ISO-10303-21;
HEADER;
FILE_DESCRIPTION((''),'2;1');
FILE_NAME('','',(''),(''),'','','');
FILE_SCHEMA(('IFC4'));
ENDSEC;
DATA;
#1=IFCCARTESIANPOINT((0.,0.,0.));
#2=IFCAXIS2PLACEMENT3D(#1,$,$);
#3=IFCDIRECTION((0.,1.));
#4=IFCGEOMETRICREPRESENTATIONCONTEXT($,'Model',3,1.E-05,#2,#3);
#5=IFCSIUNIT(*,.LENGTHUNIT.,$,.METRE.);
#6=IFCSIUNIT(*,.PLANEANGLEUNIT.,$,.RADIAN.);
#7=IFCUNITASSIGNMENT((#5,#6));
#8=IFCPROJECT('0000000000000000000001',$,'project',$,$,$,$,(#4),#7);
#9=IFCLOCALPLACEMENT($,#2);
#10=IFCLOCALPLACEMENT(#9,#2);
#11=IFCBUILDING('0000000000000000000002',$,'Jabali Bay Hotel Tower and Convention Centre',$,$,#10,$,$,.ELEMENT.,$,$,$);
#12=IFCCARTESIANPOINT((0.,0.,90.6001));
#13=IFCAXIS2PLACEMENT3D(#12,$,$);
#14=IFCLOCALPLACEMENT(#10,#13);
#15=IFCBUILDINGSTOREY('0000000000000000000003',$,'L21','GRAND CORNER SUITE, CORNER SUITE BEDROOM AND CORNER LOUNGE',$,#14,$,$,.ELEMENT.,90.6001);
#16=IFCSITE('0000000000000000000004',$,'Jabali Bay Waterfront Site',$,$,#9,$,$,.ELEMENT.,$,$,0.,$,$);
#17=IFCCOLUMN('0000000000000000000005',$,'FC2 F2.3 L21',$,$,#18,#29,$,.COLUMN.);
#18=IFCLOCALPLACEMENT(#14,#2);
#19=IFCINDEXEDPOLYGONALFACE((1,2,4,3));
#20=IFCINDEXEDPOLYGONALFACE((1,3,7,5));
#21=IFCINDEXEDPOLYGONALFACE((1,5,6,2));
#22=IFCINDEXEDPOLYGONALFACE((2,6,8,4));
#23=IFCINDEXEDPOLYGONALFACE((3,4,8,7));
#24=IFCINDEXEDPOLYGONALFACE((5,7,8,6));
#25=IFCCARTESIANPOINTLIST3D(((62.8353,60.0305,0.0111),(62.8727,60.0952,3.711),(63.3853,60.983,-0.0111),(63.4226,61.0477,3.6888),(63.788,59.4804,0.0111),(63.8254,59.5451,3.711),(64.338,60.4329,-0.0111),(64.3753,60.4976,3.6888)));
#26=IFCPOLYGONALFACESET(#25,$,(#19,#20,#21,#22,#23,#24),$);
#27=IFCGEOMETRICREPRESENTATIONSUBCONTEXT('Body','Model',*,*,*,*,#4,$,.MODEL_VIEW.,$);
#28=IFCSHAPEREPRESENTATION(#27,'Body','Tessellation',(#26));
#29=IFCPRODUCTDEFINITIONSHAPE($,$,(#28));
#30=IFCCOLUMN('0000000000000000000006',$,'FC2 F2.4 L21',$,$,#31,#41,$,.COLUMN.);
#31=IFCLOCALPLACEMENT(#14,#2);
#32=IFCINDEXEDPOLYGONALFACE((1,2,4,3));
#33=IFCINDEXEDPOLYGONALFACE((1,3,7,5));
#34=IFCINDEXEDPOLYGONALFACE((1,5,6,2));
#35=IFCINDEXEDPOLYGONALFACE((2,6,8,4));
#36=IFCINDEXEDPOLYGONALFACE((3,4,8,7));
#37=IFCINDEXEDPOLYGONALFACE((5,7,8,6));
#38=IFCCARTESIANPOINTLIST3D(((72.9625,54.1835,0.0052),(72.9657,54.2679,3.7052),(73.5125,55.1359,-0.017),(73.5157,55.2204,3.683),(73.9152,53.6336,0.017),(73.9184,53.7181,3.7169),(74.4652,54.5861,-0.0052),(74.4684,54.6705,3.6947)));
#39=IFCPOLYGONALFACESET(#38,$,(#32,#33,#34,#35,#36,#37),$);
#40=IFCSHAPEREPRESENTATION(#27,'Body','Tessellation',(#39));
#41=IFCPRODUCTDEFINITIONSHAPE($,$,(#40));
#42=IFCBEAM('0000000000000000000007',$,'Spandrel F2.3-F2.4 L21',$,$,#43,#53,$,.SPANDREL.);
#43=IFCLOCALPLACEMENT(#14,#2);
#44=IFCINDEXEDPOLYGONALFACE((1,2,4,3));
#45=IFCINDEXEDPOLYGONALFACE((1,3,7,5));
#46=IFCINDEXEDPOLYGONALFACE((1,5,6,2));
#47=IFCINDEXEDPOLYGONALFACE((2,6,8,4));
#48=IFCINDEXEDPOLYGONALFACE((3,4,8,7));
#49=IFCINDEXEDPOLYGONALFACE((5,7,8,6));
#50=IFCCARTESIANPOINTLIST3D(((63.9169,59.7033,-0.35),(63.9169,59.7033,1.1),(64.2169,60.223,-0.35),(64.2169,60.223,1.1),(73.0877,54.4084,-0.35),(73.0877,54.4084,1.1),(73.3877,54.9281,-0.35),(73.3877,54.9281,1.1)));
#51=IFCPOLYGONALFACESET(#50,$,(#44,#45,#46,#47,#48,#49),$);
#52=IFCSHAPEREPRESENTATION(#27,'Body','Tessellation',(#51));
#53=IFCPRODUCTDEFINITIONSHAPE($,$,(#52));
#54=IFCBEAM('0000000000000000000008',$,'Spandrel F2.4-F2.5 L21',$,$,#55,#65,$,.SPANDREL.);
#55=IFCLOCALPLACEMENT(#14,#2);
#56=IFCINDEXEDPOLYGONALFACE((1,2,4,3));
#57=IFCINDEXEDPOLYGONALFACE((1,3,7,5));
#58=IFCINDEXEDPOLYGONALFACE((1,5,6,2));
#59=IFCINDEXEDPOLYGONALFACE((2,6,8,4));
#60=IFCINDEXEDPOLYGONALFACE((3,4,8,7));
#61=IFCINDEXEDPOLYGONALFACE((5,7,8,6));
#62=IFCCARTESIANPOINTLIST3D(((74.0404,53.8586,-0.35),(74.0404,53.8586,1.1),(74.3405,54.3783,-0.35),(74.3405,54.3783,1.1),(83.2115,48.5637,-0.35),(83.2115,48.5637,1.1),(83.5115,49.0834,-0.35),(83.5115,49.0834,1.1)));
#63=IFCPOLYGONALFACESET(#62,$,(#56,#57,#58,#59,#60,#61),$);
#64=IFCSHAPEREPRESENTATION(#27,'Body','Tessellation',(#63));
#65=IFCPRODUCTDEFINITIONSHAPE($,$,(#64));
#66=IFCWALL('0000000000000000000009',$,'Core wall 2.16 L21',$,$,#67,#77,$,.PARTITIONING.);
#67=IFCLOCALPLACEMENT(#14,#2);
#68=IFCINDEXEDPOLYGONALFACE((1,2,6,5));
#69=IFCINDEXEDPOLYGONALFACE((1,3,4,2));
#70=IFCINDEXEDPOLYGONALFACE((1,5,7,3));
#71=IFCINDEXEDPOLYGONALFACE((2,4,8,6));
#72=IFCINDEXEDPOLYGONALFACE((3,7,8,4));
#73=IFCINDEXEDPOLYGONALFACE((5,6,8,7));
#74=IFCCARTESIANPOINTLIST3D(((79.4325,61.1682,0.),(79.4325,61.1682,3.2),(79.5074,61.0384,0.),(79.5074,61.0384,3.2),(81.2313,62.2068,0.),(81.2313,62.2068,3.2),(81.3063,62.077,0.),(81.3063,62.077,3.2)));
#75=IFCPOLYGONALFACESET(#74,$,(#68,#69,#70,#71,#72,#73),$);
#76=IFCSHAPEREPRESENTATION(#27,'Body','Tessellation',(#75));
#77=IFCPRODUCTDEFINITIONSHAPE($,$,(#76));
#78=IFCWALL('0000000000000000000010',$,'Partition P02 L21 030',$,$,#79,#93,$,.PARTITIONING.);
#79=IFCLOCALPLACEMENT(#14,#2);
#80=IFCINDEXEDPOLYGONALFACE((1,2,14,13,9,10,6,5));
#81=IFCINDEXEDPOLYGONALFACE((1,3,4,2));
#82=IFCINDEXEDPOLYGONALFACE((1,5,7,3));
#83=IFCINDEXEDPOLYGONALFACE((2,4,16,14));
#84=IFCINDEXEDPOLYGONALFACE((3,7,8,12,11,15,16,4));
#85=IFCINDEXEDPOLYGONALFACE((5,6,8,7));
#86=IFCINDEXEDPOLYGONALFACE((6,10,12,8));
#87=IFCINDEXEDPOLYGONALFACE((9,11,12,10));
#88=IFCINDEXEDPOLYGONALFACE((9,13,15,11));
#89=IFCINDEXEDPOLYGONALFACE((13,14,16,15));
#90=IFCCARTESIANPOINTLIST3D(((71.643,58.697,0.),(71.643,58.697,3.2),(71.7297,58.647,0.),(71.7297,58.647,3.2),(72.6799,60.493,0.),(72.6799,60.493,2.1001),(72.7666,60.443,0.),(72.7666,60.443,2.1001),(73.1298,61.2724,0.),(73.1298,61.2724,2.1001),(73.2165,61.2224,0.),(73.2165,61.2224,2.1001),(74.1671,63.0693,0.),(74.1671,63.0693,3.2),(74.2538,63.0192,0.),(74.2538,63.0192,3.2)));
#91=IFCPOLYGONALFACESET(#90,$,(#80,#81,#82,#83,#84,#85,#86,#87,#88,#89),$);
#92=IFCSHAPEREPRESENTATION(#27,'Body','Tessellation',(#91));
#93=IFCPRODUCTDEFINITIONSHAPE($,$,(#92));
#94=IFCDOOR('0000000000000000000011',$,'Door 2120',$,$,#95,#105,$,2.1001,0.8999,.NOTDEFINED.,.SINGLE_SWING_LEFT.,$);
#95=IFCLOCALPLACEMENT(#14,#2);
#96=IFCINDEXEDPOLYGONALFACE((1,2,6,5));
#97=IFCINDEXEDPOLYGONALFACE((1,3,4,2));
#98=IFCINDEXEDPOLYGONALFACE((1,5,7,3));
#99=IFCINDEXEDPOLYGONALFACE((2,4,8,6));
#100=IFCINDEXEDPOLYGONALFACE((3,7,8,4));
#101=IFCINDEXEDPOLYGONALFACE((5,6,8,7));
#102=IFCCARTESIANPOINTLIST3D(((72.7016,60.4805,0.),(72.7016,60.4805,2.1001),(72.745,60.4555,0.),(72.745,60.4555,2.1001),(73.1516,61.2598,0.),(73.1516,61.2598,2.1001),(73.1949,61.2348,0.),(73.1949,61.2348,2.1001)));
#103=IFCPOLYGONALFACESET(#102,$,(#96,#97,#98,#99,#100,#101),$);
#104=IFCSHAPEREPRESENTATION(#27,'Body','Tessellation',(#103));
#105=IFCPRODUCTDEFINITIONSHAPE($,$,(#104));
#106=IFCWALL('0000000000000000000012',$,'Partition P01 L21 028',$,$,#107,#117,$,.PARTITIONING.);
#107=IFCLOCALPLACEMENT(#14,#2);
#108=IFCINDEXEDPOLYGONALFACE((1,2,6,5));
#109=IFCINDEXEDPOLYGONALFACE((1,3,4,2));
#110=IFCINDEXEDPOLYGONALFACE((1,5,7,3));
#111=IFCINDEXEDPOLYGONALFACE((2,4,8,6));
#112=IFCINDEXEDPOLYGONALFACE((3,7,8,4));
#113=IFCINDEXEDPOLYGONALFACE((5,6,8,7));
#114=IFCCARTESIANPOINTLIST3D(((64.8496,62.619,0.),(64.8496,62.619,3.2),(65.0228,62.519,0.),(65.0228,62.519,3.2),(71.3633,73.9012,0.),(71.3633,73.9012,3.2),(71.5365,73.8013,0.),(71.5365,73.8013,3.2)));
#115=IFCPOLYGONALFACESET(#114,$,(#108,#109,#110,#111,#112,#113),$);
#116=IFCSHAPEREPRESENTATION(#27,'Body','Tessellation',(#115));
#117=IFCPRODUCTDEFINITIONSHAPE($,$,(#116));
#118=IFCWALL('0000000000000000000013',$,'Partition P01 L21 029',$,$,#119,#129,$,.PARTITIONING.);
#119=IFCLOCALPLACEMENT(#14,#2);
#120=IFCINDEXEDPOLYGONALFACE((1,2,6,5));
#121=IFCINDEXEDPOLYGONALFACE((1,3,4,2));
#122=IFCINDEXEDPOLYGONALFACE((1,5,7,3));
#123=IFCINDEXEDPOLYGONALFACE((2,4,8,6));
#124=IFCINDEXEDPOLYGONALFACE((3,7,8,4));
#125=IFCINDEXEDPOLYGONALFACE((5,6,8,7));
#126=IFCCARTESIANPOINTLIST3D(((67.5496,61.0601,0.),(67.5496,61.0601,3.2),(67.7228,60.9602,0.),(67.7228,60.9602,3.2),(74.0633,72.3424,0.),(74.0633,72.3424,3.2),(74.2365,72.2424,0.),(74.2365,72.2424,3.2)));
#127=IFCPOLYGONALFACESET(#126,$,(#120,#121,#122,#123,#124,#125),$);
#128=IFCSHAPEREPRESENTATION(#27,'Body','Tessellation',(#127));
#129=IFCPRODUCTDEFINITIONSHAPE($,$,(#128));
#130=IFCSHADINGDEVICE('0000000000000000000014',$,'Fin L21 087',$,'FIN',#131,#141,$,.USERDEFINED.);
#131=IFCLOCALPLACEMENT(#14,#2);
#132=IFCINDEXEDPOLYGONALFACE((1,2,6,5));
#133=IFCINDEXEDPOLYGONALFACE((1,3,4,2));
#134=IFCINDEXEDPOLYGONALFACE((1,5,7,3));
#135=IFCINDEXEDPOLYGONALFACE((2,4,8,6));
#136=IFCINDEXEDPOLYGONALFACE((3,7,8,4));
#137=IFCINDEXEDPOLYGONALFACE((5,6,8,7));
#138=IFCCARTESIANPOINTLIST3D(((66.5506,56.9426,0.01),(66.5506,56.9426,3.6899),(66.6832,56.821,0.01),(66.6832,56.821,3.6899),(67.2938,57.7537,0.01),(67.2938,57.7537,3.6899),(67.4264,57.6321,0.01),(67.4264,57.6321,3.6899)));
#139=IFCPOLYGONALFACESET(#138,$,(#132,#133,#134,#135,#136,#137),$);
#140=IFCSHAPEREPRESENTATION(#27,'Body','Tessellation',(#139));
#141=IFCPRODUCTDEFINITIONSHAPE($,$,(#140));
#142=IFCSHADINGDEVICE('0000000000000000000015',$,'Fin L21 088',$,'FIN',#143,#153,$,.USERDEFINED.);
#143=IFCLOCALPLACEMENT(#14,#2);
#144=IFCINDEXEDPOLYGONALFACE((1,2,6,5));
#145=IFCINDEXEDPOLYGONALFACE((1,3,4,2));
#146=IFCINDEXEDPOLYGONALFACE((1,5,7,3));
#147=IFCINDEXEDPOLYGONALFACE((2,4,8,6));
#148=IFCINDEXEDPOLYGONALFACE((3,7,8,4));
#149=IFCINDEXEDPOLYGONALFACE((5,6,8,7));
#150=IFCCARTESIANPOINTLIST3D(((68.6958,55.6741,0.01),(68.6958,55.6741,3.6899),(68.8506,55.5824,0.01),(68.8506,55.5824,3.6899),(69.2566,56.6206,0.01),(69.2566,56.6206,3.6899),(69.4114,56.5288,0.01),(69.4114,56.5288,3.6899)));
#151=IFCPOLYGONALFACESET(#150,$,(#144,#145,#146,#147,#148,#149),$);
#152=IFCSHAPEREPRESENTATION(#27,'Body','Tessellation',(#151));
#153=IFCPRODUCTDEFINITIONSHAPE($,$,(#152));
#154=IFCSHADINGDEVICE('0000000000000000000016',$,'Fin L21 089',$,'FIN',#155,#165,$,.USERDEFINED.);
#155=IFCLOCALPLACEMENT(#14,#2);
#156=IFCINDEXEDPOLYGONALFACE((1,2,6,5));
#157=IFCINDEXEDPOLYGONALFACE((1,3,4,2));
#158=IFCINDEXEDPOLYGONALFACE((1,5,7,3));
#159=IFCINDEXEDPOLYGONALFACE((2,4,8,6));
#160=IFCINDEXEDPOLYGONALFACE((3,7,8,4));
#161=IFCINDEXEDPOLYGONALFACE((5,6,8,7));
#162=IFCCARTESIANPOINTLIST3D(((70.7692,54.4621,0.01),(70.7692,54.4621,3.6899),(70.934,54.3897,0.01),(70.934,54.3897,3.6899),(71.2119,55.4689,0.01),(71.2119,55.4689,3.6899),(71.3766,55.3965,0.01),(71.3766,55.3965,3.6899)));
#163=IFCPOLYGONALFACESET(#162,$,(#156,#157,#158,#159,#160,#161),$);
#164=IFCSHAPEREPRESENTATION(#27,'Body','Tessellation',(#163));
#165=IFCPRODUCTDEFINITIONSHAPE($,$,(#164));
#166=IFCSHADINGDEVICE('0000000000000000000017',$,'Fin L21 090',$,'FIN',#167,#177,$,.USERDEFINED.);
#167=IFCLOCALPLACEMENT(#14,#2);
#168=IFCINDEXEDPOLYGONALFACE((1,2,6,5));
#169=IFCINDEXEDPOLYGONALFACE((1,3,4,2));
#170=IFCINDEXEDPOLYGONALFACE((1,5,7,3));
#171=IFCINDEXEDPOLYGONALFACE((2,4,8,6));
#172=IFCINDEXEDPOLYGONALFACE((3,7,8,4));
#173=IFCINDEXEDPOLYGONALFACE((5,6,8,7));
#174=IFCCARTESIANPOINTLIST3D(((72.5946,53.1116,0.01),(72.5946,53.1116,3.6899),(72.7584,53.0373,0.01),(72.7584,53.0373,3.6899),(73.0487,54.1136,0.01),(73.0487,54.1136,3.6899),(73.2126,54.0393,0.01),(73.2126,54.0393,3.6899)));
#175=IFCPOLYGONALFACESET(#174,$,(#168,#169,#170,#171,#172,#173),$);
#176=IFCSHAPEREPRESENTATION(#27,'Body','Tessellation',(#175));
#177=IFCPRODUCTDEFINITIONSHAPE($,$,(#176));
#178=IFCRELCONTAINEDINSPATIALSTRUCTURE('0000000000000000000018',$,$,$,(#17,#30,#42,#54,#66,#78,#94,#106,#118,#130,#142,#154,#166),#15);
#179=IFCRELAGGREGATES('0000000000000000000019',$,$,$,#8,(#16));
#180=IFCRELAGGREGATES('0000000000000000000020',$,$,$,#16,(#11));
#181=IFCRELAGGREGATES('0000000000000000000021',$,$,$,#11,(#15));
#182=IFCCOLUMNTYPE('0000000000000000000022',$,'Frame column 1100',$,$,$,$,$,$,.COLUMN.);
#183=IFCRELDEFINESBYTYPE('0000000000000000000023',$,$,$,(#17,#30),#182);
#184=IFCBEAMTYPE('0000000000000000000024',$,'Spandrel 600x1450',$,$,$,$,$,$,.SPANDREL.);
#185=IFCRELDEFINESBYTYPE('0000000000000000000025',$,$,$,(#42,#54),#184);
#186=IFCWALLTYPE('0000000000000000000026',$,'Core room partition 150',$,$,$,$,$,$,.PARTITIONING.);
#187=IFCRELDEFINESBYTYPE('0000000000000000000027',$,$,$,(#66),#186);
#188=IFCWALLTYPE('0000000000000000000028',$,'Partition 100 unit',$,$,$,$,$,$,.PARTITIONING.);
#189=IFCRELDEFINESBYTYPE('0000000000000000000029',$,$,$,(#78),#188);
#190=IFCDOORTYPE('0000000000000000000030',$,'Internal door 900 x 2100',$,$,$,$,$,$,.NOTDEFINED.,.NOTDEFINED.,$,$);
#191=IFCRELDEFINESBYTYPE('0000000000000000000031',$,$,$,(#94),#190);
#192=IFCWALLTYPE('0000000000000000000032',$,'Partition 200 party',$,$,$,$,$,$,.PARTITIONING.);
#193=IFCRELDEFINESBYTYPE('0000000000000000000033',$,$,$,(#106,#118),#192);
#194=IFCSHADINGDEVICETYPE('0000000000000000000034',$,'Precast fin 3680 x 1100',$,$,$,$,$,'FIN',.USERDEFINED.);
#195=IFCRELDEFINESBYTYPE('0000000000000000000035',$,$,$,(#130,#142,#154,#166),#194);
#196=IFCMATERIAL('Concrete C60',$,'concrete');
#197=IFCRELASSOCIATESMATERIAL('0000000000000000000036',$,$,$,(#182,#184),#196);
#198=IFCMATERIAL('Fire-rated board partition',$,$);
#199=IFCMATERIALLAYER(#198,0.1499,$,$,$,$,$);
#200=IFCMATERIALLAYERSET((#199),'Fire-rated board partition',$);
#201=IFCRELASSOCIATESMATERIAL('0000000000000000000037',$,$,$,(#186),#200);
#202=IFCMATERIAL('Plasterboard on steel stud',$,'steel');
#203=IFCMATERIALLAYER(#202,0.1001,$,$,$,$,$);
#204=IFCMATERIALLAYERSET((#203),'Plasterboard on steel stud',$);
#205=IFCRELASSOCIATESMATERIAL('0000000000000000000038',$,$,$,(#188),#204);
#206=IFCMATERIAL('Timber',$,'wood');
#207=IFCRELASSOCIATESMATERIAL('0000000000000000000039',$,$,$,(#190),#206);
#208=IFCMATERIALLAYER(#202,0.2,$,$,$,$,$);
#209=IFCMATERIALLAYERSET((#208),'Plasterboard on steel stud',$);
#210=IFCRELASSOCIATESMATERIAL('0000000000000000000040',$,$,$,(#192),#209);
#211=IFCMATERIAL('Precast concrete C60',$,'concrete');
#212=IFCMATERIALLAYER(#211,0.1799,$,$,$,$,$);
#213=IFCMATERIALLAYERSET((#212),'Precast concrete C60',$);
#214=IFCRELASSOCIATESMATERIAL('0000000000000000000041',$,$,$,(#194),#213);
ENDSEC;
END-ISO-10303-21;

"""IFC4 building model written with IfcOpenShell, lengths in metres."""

from ifc_helpers import new_model, si_unit, direction, frame, frame_2d, origin, origin_2d, place, context, subcontext, project, spatial, rectangle, extrude, material, layer, layer_set, material_profile, profile_set, type_object, element, fill, save


model = new_model("IFC4")

# Units and contexts
model_context = context("Model", 3, precision=1e-05, world=origin(), true_north=direction((0.0, 1.0)))
body_context = subcontext(model_context, "Body", "Model", "MODEL_VIEW")
ifc_project = project(units=[si_unit("LENGTHUNIT", "METRE"), si_unit("PLANEANGLEUNIT", "RADIAN")], contexts=[model_context])

# Site, building, storey
site_placement = place(None, origin())
site = spatial("IfcSite", under=ifc_project, at=site_placement, Name="Jabali Bay Waterfront Site", CompositionType="ELEMENT", RefElevation=0.0)
building_placement = place(site_placement, origin())
building = spatial("IfcBuilding", under=site, at=building_placement, Name="Jabali Bay Hotel Tower and Convention Centre", CompositionType="ELEMENT")
storey_placement = place(building_placement, frame((0.0, 0.0, 90.6001)))
storey = spatial("IfcBuildingStorey", under=building, at=storey_placement, Name="L21", Description="GRAND CORNER SUITE, CORNER SUITE BEDROOM AND CORNER LOUNGE", CompositionType="ELEMENT", Elevation=90.6001)

# Columns
ifc_material_1 = material(Name="Concrete C60", Category="concrete")
ifc_material_profile_1 = material_profile(ifc_material_1, rectangle(XDim=1.1001, YDim=1.1001, at=origin_2d()), Name="Frame column 1100")
ifc_profile_set_1 = profile_set([ifc_material_profile_1], Name="Concrete C60")
column_type = type_object("IfcColumnType", Name="Frame column 1100", PredefinedType="COLUMN", material=ifc_profile_set_1)
column_1_placement = place(storey_placement, frame((63.5867, 60.2317, 0.0), z_axis=(0.010094, 0.017482, 0.999796), x_axis=(-0.499907, -0.865844, 0.020187)))
element("IfcColumn", 1, at=column_1_placement, inside=storey, type_object=column_type, Name="FC2 F2.3 L21", PredefinedType="COLUMN", context=body_context, shape_type="SweptSolid", body=[
    extrude(rectangle(XDim=1.1001, YDim=1.1001, at=origin_2d()), origin(), (0.0, 0.0, 1.0), 3.7007),
])
column_2_placement = place(storey_placement, frame((73.7139, 54.3848, 0.0), z_axis=(0.000858, 0.022825, 0.999739), x_axis=(-0.49995, -0.865819, 0.020196)))
element("IfcColumn", 2, at=column_2_placement, inside=storey, type_object=column_type, Name="FC2 F2.4 L21", PredefinedType="COLUMN", context=body_context, shape_type="SweptSolid", body=[
    extrude(rectangle(XDim=1.1001, YDim=1.1001, at=origin_2d()), origin(), (0.0, 0.0, 1.0), 3.7009),
])

# Beams
ifc_material_profile_2 = material_profile(ifc_material_1, rectangle(XDim=0.6001, YDim=1.45, at=origin_2d()), Name="Spandrel 600x1450")
ifc_profile_set_2 = profile_set([ifc_material_profile_2], Name="Concrete C60")
beam_type = type_object("IfcBeamType", Name="Spandrel 600x1450", PredefinedType="SPANDREL", material=ifc_profile_set_2)
beam_1_placement = place(storey_placement, frame((64.0669, 59.9631, 0.375), z_axis=(0.866021, -0.500007, 0.0), x_axis=(0.500007, 0.866021, 0.0)))
element("IfcBeam", 3, at=beam_1_placement, inside=storey, type_object=beam_type, Name="Spandrel F2.3-F2.4 L21", PredefinedType="SPANDREL", context=body_context, shape_type="SweptSolid", body=[
    extrude(rectangle(XDim=0.6001, YDim=1.45, at=origin_2d()), origin(), (0.0, 0.0, 1.0), 10.5896),
])
beam_2_placement = place(storey_placement, frame((74.1904, 54.1184, 0.375), z_axis=(0.866027, -0.499997, 0.0), x_axis=(0.499997, 0.866027, 0.0)))
element("IfcBeam", 4, at=beam_2_placement, inside=storey, type_object=beam_type, Name="Spandrel F2.4-F2.5 L21", PredefinedType="SPANDREL", context=body_context, shape_type="SweptSolid", body=[
    extrude(rectangle(XDim=0.6001, YDim=1.45, at=origin_2d()), origin(), (0.0, 0.0, 1.0), 10.5898),
])

# Wall
ifc_material_2 = material(Name="Fire-rated board partition")
ifc_layer_1 = layer(ifc_material_2, 0.1499)
ifc_layer_set_1 = layer_set([ifc_layer_1], Name="Fire-rated board partition")
wall_type_1 = type_object("IfcWallType", Name="Core room partition 150", PredefinedType="PARTITIONING", material=ifc_layer_set_1)
wall_1_placement = place(storey_placement, frame((79.47, 61.1033, 0.0), z_axis=(0.0, 0.0, 1.0), x_axis=(0.866021, 0.500007, 0.0)))
element("IfcWall", 5, at=wall_1_placement, inside=storey, type_object=wall_type_1, Name="Core wall 2.16 L21", PredefinedType="PARTITIONING", context=body_context, shape_type="SweptSolid", body=[
    extrude(rectangle(XDim=2.0771, YDim=0.1499, at=frame_2d((1.0386, 0.0))), origin(), (0.0, 0.0, 1.0), 3.2),
])

# Wall, opening, door
ifc_material_3 = material(Name="Plasterboard on steel stud", Category="steel")
ifc_layer_2 = layer(ifc_material_3, 0.1001)
ifc_layer_set_2 = layer_set([ifc_layer_2], Name="Plasterboard on steel stud")
wall_type_2 = type_object("IfcWallType", Name="Partition 100 unit", PredefinedType="PARTITIONING", material=ifc_layer_set_2)
wall_2_placement = place(storey_placement, frame((71.6863, 58.6719, 0.0), z_axis=(0.0, 0.0, 1.0), x_axis=(0.499972, 0.866041, 0.0)))
wall_2 = element("IfcWall", 6, at=wall_2_placement, inside=storey, type_object=wall_type_2, Name="Partition P02 L21 030", PredefinedType="PARTITIONING", context=body_context, shape_type="SweptSolid", body=[
    extrude(rectangle(XDim=5.0486, YDim=0.1001, at=frame_2d((2.5244, 0.0))), origin(), (0.0, 0.0, 1.0), 3.2),
])
opening_placement = place(wall_2_placement, frame((2.074, 0.0, 0.0)))
opening = element("IfcOpeningElement", 7, at=opening_placement, cuts=wall_2, PredefinedType="OPENING", context=body_context, shape_type="SweptSolid", body=[
    extrude(rectangle(XDim=0.8999, YDim=2.1001, at=frame_2d((0.45, 1.05))), frame((0.0, 0.0605, 0.0), z_axis=(0.0, -1.0, 0.0), x_axis=(1.0, 0.0, 0.0)), (0.0, 0.0, 1.0), 0.1211),
])
ifc_material_4 = material(Name="Timber", Category="wood")
door_type = type_object("IfcDoorType", Name="Internal door 900 x 2100", OperationType="NOTDEFINED", PredefinedType="NOTDEFINED", material=ifc_material_4)
door_placement = place(opening_placement, origin())
door = element("IfcDoor", 8, at=door_placement, inside=storey, type_object=door_type, Name="Door 2120", OperationType="SINGLE_SWING_LEFT", OverallHeight=2.1001, OverallWidth=0.8999, PredefinedType="NOTDEFINED", context=body_context, shape_type="SweptSolid", body=[
    extrude(rectangle(XDim=0.8999, YDim=2.1001, at=frame_2d((0.45, 1.05))), frame((0.0, 0.0249, 0.0), z_axis=(0.0, -1.0, 0.0), x_axis=(1.0, 0.0, 0.0)), (0.0, 0.0, 1.0), 0.05),
])
fill(opening, door)

# Walls
ifc_layer_3 = layer(ifc_material_3, 0.2)
ifc_layer_set_3 = layer_set([ifc_layer_3], Name="Plasterboard on steel stud")
wall_type_3 = type_object("IfcWallType", Name="Partition 200 party", PredefinedType="PARTITIONING", material=ifc_layer_set_3)
for number, where, z_axis, x_axis, name in (
    (9, (64.9363, 62.5691, 0.0), (0.0, 0.0, 1.0), (0.499993, 0.86603, 0.0), "Partition P01 L21 028"),
    (10, (67.6362, 61.0103, 0.0), (0.0, 0.0, 1.0), (0.499993, 0.86603, 0.0), "Partition P01 L21 029"),
):
    element("IfcWall", number, at=place(storey_placement, frame(where, z_axis=z_axis, x_axis=x_axis)), inside=storey, type_object=wall_type_3, Name=name, PredefinedType="PARTITIONING", context=body_context, shape_type="SweptSolid", body=[
        extrude(rectangle(XDim=13.0276, YDim=0.2, at=frame_2d((6.5137, 0.0))), origin(), (0.0, 0.0, 1.0), 3.2),
    ])

# Shading devices
ifc_material_5 = material(Name="Precast concrete C60", Category="concrete")
ifc_layer_4 = layer(ifc_material_5, 0.1799)
ifc_layer_set_4 = layer_set([ifc_layer_4], Name="Precast concrete C60")
shading_device_type_1 = type_object("IfcShadingDeviceType", Name="Precast fin 3680 x 1100", ElementType="FIN", PredefinedType="USERDEFINED", material=ifc_layer_set_4)
for number, where, z_axis, x_axis, name in (
    (11, (67.3601, 57.6929, 0.01), (0.0, 0.0, 1.0), (-0.675584, -0.737283, 0.0), "Fin L21 087"),
    (12, (69.334, 56.5747, 0.01), (0.0, 0.0, 1.0), (-0.509723, -0.860338, 0.0), "Fin L21 088"),
):
    element("IfcShadingDevice", number, at=place(storey_placement, frame(where, z_axis=z_axis, x_axis=x_axis)), inside=storey, type_object=shading_device_type_1, Name=name, ObjectType="FIN", PredefinedType="USERDEFINED", context=body_context, shape_type="SweptSolid", body=[
        extrude(rectangle(XDim=1.1001, YDim=0.1799, at=frame_2d((0.55, 0.0))), origin(), (0.0, 0.0, 1.0), 3.6799),
    ])
shading_device_1_placement = place(storey_placement, frame((71.2942, 55.4326, 0.01), z_axis=(0.0, 0.0, 1.0), x_axis=(-0.402448, -0.915443, 0.0)))
element("IfcShadingDevice", 13, at=shading_device_1_placement, inside=storey, type_object=shading_device_type_1, Name="Fin L21 089", ObjectType="FIN", PredefinedType="USERDEFINED", context=body_context, shape_type="SweptSolid", body=[
    extrude(rectangle(XDim=1.0999, YDim=0.1799, at=frame_2d((0.5498, 0.0))), origin(), (0.0, 0.0, 1.0), 3.6799),
])
for number, where, z_axis, x_axis, name in (
    (14, (73.1306, 54.0764, 0.01), (0.0, 0.0, 1.0), (-0.412799, -0.910822, 0.0), "Fin L21 090"),
):
    element("IfcShadingDevice", number, at=place(storey_placement, frame(where, z_axis=z_axis, x_axis=x_axis)), inside=storey, type_object=shading_device_type_1, Name=name, ObjectType="FIN", PredefinedType="USERDEFINED", context=body_context, shape_type="SweptSolid", body=[
        extrude(rectangle(XDim=1.1001, YDim=0.1799, at=frame_2d((0.55, 0.0))), origin(), (0.0, 0.0, 1.0), 3.6799),
    ])

save(model, "model.ifc")
